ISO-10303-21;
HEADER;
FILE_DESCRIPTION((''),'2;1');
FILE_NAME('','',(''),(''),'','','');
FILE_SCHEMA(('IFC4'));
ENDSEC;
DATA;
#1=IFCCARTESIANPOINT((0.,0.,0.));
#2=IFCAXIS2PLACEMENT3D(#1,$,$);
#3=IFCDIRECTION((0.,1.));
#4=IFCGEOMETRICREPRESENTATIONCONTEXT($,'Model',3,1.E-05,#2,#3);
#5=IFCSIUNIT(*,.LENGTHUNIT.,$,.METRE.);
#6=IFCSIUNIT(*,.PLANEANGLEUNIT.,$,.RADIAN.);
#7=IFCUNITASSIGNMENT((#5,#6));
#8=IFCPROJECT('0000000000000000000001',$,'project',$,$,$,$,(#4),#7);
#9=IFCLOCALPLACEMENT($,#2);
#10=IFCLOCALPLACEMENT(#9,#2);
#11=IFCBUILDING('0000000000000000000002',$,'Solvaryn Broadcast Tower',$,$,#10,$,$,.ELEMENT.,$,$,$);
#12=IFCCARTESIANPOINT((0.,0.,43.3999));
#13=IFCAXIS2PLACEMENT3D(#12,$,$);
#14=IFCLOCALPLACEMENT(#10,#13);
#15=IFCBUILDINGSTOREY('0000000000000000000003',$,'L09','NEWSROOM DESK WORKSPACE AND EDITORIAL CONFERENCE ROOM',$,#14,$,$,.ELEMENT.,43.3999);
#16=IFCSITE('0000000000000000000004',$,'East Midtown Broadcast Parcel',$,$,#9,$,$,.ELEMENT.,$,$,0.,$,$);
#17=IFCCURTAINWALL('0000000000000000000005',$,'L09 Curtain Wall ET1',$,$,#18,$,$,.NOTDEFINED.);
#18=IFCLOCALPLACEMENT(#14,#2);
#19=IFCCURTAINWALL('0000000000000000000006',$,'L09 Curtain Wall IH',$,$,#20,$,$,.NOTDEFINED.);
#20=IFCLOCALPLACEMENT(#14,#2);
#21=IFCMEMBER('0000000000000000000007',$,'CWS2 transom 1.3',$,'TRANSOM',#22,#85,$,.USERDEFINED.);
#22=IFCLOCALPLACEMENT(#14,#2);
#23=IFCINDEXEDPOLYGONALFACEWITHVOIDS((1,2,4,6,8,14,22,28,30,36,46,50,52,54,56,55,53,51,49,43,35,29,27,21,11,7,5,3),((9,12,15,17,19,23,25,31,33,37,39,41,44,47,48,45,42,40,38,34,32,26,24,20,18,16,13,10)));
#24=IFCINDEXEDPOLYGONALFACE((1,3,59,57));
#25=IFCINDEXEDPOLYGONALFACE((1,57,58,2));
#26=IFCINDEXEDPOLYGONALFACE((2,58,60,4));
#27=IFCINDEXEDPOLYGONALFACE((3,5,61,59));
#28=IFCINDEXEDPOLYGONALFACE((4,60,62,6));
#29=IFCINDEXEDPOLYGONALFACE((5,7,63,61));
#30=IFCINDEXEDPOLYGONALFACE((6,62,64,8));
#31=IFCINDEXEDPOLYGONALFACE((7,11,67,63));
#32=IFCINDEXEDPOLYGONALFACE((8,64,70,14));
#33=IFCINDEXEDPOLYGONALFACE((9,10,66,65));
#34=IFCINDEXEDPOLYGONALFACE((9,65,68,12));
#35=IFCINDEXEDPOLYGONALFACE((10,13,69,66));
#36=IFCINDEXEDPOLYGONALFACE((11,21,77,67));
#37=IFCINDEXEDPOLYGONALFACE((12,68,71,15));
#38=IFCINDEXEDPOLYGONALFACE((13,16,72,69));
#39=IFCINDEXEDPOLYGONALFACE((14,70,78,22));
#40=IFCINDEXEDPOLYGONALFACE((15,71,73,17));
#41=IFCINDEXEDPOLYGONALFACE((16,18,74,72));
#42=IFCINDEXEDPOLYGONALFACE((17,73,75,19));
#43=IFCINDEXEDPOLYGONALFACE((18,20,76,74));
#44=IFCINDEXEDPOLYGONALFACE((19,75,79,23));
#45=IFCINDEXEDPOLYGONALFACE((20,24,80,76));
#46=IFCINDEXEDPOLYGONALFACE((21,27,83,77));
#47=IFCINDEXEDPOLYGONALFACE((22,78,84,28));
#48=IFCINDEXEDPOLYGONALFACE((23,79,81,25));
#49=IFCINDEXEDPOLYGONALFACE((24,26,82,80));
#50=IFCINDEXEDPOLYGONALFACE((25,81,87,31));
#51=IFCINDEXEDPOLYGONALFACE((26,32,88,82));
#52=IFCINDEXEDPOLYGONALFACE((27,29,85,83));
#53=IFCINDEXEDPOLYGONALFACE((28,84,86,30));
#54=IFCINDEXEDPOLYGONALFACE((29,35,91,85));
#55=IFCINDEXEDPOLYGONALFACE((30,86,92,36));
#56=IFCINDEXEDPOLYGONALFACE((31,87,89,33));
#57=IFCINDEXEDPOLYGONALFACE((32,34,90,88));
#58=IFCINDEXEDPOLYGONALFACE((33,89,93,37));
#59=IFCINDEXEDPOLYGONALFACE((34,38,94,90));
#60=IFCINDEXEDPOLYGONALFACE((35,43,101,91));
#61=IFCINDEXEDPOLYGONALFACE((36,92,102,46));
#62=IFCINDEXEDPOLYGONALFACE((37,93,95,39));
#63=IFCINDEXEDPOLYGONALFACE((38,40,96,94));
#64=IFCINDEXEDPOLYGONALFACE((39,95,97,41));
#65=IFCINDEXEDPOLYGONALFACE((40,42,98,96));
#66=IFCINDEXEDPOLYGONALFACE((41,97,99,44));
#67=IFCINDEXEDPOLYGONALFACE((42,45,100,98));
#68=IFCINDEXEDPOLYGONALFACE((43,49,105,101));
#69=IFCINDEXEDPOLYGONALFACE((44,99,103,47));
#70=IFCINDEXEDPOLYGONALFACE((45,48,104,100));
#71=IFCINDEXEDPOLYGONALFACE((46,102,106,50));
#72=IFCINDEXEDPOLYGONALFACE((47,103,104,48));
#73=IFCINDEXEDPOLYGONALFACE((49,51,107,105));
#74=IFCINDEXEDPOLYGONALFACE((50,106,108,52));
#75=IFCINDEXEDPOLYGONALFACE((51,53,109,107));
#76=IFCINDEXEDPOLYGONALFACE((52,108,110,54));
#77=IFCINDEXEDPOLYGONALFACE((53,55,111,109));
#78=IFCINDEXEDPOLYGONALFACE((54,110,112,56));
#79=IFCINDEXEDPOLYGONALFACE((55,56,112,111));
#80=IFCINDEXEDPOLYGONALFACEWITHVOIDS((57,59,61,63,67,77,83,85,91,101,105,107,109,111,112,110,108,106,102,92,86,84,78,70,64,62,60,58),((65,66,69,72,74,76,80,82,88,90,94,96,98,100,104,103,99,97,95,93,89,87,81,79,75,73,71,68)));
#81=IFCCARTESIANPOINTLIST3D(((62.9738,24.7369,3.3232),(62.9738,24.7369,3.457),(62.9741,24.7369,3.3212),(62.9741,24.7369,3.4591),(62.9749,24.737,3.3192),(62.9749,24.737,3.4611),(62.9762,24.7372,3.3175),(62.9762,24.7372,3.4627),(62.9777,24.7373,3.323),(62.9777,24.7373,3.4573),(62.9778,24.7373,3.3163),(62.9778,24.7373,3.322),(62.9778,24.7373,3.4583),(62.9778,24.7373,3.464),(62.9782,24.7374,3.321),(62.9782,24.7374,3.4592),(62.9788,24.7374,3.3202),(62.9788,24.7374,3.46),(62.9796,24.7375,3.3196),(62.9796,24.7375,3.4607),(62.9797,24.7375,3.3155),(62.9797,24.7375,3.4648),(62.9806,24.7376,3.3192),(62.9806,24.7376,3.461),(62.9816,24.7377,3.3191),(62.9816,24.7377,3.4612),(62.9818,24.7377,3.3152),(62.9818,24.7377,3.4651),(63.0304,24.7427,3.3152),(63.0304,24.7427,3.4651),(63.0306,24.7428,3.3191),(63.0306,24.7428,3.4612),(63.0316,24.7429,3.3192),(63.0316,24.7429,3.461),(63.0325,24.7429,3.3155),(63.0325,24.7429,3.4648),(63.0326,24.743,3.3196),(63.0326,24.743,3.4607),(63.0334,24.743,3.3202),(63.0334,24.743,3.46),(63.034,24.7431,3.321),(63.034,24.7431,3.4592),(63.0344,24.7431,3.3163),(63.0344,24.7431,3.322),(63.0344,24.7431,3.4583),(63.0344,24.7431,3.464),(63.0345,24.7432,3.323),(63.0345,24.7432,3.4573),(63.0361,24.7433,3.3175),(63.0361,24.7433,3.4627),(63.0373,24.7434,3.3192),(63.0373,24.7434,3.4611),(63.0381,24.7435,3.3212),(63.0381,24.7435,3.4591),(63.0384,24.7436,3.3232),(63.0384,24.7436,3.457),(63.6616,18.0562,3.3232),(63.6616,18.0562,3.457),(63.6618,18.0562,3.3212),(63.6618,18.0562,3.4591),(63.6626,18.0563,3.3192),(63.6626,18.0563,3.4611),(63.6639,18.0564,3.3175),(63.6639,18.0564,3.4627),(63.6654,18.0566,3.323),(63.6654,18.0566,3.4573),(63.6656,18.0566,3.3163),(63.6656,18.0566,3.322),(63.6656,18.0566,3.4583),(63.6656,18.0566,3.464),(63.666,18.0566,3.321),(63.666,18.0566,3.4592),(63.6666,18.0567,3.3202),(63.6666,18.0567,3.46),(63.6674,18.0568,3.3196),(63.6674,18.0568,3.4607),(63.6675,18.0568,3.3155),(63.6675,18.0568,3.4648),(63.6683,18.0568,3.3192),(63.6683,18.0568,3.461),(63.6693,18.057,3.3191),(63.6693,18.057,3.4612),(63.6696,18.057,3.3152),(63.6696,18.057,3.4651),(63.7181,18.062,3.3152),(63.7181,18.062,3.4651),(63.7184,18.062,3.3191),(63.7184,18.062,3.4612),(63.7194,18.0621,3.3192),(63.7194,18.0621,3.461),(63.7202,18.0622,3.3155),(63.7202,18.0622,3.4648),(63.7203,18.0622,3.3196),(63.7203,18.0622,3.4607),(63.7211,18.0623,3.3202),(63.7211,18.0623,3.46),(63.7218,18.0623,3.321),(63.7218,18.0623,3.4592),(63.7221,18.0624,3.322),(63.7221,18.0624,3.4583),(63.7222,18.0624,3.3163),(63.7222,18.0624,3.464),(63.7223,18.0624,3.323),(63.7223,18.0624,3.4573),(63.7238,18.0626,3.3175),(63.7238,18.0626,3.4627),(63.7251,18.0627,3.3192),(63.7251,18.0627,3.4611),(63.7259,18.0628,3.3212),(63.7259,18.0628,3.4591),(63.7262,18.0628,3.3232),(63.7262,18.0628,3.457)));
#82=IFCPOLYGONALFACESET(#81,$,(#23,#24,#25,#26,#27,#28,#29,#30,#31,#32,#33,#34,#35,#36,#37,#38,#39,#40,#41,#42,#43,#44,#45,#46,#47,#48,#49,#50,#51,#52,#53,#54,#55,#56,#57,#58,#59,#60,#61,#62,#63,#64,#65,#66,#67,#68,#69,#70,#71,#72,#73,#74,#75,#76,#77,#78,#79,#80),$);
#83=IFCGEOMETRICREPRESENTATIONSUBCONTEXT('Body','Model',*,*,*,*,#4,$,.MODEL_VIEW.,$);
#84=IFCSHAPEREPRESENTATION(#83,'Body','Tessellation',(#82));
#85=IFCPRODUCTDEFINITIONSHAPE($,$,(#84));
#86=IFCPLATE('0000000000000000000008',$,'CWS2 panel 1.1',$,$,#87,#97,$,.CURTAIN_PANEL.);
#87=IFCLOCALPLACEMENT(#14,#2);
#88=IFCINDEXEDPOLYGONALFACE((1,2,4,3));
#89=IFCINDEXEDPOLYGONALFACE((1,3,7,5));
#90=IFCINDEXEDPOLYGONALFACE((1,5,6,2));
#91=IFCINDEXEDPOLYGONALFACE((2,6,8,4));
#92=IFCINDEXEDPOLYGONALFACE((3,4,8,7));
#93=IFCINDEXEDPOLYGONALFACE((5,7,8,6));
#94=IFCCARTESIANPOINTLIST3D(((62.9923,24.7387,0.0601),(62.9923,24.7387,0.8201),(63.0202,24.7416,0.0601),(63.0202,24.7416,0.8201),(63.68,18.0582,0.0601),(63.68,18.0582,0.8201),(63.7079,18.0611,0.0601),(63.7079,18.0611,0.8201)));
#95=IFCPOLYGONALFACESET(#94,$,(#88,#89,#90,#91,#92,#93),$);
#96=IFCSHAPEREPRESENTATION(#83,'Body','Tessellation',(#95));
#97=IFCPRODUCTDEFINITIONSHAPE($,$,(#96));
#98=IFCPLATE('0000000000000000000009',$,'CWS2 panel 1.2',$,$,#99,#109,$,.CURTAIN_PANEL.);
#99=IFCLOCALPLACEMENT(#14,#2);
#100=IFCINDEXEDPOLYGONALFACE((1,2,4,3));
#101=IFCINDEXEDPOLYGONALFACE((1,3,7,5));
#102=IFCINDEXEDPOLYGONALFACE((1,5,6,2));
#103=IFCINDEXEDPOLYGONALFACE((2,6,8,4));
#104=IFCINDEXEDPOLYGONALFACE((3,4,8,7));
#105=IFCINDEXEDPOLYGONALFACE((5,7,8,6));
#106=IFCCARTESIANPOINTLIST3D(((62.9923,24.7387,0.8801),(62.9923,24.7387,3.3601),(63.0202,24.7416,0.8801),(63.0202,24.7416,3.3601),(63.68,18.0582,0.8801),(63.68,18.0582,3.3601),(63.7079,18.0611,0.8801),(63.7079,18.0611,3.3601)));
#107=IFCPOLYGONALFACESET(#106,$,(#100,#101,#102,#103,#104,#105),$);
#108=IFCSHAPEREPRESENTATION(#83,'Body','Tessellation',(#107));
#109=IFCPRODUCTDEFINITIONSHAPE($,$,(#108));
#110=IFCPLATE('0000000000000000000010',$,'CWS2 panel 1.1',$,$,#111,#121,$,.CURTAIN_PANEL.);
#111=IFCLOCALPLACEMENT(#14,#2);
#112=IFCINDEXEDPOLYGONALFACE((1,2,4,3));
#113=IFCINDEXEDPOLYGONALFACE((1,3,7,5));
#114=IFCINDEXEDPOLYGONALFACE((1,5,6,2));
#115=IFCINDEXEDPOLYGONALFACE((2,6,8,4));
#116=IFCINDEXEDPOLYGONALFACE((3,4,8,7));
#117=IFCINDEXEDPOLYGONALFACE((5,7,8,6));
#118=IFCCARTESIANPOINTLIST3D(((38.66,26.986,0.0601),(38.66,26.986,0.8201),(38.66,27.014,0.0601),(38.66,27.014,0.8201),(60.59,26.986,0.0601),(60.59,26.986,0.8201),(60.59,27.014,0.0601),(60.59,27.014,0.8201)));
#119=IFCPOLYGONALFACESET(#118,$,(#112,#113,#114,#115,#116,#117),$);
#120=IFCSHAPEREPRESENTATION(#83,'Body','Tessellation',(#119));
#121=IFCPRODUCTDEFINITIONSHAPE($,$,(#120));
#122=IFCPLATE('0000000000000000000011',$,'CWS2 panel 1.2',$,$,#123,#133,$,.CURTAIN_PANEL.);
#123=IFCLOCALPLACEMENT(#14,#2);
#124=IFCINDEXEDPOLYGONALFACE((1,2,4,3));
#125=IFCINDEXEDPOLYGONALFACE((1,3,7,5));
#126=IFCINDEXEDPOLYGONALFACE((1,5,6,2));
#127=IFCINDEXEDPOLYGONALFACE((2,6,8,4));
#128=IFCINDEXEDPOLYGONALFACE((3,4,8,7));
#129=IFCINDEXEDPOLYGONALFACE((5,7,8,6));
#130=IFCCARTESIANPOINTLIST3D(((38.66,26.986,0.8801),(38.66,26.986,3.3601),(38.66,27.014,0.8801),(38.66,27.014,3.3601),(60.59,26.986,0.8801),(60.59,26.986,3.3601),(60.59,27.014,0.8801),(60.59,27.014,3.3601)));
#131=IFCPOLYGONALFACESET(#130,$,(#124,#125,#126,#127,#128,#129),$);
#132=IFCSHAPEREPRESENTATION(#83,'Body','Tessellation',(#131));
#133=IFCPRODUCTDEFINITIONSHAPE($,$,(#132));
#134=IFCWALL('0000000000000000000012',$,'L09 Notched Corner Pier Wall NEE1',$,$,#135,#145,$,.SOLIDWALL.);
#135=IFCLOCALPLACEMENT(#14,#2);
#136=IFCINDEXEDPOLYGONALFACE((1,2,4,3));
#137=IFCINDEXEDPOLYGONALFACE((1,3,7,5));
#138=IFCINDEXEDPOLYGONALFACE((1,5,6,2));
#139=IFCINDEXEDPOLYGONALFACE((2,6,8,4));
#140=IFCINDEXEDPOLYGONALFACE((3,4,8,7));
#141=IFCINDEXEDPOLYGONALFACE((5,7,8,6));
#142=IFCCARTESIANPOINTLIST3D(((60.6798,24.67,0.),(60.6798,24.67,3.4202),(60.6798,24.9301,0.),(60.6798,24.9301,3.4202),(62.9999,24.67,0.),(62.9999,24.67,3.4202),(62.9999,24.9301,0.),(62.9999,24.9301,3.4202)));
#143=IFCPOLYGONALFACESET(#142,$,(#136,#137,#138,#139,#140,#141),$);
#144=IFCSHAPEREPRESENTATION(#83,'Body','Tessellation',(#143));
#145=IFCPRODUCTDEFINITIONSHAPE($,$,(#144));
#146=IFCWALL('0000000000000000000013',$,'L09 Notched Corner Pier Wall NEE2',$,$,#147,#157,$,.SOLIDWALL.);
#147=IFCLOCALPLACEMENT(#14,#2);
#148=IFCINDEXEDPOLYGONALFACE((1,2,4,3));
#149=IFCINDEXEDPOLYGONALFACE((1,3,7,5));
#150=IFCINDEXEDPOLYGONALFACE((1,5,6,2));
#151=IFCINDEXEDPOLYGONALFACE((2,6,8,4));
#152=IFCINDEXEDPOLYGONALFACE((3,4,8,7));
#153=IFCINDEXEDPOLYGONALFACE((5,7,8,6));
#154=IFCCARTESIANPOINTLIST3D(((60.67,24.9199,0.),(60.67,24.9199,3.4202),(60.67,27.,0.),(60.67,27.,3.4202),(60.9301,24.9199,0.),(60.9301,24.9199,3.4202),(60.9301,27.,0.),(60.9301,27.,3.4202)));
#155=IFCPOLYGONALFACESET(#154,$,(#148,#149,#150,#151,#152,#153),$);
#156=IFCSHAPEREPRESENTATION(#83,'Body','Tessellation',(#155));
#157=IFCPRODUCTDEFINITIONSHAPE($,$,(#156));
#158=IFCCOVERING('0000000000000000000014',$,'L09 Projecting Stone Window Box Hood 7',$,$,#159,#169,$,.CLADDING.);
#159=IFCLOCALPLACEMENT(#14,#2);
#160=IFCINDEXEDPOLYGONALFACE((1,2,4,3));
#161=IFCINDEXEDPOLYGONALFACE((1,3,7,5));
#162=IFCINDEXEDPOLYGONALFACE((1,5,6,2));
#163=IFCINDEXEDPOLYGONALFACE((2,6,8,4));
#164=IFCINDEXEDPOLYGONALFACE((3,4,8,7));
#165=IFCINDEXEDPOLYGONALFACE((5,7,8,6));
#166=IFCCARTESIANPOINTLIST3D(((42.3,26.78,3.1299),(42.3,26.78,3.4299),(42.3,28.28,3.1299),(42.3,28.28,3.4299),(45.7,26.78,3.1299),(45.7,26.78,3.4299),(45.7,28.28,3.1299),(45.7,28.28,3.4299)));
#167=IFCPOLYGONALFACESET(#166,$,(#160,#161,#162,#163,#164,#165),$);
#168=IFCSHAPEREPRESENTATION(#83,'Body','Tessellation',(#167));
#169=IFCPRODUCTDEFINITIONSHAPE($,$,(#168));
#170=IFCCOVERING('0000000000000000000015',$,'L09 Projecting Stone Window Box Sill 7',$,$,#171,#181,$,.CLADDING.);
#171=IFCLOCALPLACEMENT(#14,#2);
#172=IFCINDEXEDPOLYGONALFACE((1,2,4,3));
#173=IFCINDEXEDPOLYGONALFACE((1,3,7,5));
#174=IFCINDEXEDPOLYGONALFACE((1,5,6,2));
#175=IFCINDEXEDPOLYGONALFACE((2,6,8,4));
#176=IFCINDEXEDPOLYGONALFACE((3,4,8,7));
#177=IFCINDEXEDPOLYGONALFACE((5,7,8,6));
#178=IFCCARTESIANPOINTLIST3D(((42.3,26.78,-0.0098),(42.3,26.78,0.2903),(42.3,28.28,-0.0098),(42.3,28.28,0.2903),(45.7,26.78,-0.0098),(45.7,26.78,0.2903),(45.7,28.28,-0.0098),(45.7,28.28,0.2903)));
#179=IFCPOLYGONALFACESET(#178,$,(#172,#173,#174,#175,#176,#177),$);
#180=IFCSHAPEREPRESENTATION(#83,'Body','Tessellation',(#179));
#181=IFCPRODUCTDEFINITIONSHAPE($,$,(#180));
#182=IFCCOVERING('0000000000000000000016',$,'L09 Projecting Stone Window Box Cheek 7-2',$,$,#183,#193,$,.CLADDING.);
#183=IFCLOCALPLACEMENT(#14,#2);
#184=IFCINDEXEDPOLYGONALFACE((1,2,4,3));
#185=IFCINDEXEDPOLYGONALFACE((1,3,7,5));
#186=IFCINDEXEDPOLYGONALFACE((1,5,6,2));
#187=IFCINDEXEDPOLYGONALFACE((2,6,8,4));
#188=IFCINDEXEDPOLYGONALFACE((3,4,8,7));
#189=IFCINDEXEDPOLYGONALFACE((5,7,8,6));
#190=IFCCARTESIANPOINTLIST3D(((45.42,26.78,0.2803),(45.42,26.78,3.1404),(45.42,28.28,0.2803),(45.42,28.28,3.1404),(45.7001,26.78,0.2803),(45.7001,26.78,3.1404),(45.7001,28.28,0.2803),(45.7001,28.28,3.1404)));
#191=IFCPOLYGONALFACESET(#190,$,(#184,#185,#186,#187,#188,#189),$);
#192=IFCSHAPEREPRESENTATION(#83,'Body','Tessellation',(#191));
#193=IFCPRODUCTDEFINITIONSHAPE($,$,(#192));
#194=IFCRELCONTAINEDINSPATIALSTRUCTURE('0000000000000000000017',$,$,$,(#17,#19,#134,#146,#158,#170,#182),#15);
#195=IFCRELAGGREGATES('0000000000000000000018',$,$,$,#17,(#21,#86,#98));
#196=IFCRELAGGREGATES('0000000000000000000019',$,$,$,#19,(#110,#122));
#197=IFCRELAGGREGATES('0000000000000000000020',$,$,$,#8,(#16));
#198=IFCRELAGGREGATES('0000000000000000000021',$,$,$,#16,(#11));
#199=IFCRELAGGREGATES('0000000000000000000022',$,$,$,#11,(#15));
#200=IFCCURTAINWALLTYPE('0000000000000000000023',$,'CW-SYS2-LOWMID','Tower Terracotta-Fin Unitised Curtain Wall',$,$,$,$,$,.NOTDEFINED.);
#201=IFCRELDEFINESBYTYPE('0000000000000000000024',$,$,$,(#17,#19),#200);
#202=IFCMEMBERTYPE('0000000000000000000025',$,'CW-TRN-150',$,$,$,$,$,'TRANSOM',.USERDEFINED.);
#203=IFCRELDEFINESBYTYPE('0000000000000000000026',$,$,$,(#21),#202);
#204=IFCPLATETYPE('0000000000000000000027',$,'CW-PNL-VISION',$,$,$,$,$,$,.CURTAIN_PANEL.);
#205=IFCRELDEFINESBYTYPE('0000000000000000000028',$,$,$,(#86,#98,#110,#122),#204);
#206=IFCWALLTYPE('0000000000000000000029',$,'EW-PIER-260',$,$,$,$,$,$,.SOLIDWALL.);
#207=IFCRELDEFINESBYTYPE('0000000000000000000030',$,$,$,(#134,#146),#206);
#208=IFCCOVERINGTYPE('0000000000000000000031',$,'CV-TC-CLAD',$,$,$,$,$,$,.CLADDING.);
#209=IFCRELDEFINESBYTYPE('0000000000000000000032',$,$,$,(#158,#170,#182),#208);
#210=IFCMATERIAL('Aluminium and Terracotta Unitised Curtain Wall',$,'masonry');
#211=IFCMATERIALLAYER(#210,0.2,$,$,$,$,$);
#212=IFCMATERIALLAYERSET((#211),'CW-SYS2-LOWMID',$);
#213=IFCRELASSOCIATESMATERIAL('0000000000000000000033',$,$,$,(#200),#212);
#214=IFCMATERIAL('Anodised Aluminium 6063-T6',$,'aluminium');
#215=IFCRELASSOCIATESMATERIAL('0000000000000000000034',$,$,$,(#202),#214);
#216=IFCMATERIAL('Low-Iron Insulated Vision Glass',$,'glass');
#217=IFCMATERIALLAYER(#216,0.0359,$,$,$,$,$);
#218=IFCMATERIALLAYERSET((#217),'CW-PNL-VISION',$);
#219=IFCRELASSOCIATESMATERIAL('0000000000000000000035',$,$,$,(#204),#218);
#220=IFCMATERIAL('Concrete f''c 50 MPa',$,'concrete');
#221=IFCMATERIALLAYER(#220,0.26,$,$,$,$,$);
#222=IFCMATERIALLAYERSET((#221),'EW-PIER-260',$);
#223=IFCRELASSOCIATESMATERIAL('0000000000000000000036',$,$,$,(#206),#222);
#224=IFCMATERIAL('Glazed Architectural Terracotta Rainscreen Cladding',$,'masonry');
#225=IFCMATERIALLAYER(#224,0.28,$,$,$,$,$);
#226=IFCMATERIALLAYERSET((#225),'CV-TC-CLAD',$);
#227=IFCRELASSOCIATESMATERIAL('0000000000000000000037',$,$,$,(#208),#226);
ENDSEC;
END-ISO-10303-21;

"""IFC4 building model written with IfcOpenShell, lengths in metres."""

from ifc_helpers import new_model, si_unit, direction, frame, frame_2d, origin, origin_2d, place, context, subcontext, project, spatial, rectangle, hollow_rectangle, extrude, material, layer, layer_set, material_profile, profile_set, type_object, element, aggregate, save


model = new_model("IFC4")

# Units and contexts
model_context = context("Model", 3, precision=1e-05, world=origin(), true_north=direction((0.0, 1.0)))
body_context = subcontext(model_context, "Body", "Model", "MODEL_VIEW")
ifc_project = project(units=[si_unit("LENGTHUNIT", "METRE"), si_unit("PLANEANGLEUNIT", "RADIAN")], contexts=[model_context])

# Site, building, storey
site_placement = place(None, origin())
site = spatial("IfcSite", under=ifc_project, at=site_placement, Name="East Midtown Broadcast Parcel", CompositionType="ELEMENT", RefElevation=0.0)
building_placement = place(site_placement, origin())
building = spatial("IfcBuilding", under=site, at=building_placement, Name="Solvaryn Broadcast Tower", CompositionType="ELEMENT")
storey_placement = place(building_placement, frame((0.0, 0.0, 43.3999)))
storey = spatial("IfcBuildingStorey", under=building, at=storey_placement, Name="L09", Description="NEWSROOM DESK WORKSPACE AND EDITORIAL CONFERENCE ROOM", CompositionType="ELEMENT", Elevation=43.3999)

# Curtain walls
ifc_material_1 = material(Name="Aluminium and Terracotta Unitised Curtain Wall", Category="masonry")
ifc_layer_1 = layer(ifc_material_1, 0.2)
ifc_layer_set_1 = layer_set([ifc_layer_1], Name="CW-SYS2-LOWMID")
curtain_wall_type = type_object("IfcCurtainWallType", Name="CW-SYS2-LOWMID", Description="Tower Terracotta-Fin Unitised Curtain Wall", PredefinedType="NOTDEFINED", material=ifc_layer_set_1)
curtain_wall_1_placement = place(storey_placement, origin())
curtain_wall_1 = element("IfcCurtainWall", 1, at=curtain_wall_1_placement, inside=storey, type_object=curtain_wall_type, Name="L09 Curtain Wall ET1", PredefinedType="NOTDEFINED")
curtain_wall_2_placement = place(storey_placement, origin())
curtain_wall_2 = element("IfcCurtainWall", 2, at=curtain_wall_2_placement, inside=storey, type_object=curtain_wall_type, Name="L09 Curtain Wall IH", PredefinedType="NOTDEFINED")

# Member
ifc_material_2 = material(Name="Anodised Aluminium 6063-T6", Category="aluminium")
ifc_material_profile_1 = material_profile(ifc_material_2, hollow_rectangle(XDim=0.0649, YDim=0.1499, WallThickness=0.0039, InnerFilletRadius=0.0039, OuterFilletRadius=0.0081, at=origin_2d()))
ifc_profile_set_1 = profile_set([ifc_material_profile_1], Name="Anodised Aluminium 6063-T6")
member_type_1 = type_object("IfcMemberType", Name="CW-TRN-150", ElementType="TRANSOM", PredefinedType="USERDEFINED", material=ifc_profile_set_1)
member_1_placement = place(storey_placement, frame((63.0061, 24.7402, 3.3901), z_axis=(0.102404, -0.994743, 0.0), x_axis=(0.994743, 0.102404, 0.0)))
member_1 = element("IfcMember", 3, at=member_1_placement, type_object=member_type_1, Name="CWS2 transom 1.3", ObjectType="TRANSOM", PredefinedType="USERDEFINED", context=body_context, shape_type="SweptSolid", body=[
    extrude(hollow_rectangle(XDim=0.0649, YDim=0.1499, WallThickness=0.0039, InnerFilletRadius=0.0039, OuterFilletRadius=0.0081, at=origin_2d()), origin(), (0.0, 0.0, 1.0), 6.7161),
])

# Plates
ifc_material_3 = material(Name="Low-Iron Insulated Vision Glass", Category="glass")
ifc_layer_2 = layer(ifc_material_3, 0.0359)
ifc_layer_set_2 = layer_set([ifc_layer_2], Name="CW-PNL-VISION")
plate_type = type_object("IfcPlateType", Name="CW-PNL-VISION", PredefinedType="CURTAIN_PANEL", material=ifc_layer_set_2)
plate_1_placement = place(storey_placement, frame((63.3501, 21.3999, 0.0601), z_axis=(0.0, 0.0, 1.0), x_axis=(0.1024, -0.994743, 0.0)))
plate_1 = element("IfcPlate", 4, at=plate_1_placement, type_object=plate_type, Name="CWS2 panel 1.1", PredefinedType="CURTAIN_PANEL", context=body_context, shape_type="SweptSolid", body=[
    extrude(rectangle(XDim=6.7158, YDim=0.0281, at=origin_2d()), origin(), (0.0, 0.0, 1.0), 0.76),
])
plate_2_placement = place(storey_placement, frame((63.3501, 21.3999, 0.8801), z_axis=(0.0, 0.0, 1.0), x_axis=(0.1024, -0.994743, 0.0)))
plate_2 = element("IfcPlate", 5, at=plate_2_placement, type_object=plate_type, Name="CWS2 panel 1.2", PredefinedType="CURTAIN_PANEL", context=body_context, shape_type="SweptSolid", body=[
    extrude(rectangle(XDim=6.7158, YDim=0.0281, at=origin_2d()), origin(), (0.0, 0.0, 1.0), 2.48),
])
aggregate(curtain_wall_1, [member_1, plate_1, plate_2])
plate_3_placement = place(storey_placement, frame((49.625, 27.0, 0.0601), z_axis=(0.0, 0.0, 1.0), x_axis=(1.0, 0.0, 0.0)))
plate_3 = element("IfcPlate", 6, at=plate_3_placement, type_object=plate_type, Name="CWS2 panel 1.1", PredefinedType="CURTAIN_PANEL", context=body_context, shape_type="SweptSolid", body=[
    extrude(rectangle(XDim=21.9299, YDim=0.0281, at=origin_2d()), origin(), (0.0, 0.0, 1.0), 0.76),
])
plate_4_placement = place(storey_placement, frame((49.625, 27.0, 0.8801), z_axis=(0.0, 0.0, 1.0), x_axis=(1.0, 0.0, 0.0)))
plate_4 = element("IfcPlate", 7, at=plate_4_placement, type_object=plate_type, Name="CWS2 panel 1.2", PredefinedType="CURTAIN_PANEL", context=body_context, shape_type="SweptSolid", body=[
    extrude(rectangle(XDim=21.9299, YDim=0.0281, at=origin_2d()), origin(), (0.0, 0.0, 1.0), 2.48),
])
aggregate(curtain_wall_2, [plate_3, plate_4])

# Walls
ifc_material_4 = material(Name="Concrete f'c 50 MPa", Category="concrete")
ifc_layer_3 = layer(ifc_material_4, 0.26)
ifc_layer_set_3 = layer_set([ifc_layer_3], Name="EW-PIER-260")
wall_type_1 = type_object("IfcWallType", Name="EW-PIER-260", PredefinedType="SOLIDWALL", material=ifc_layer_set_3)
wall_1_placement = place(storey_placement, frame((63.0, 24.8, 0.0), z_axis=(0.0, 0.0, 1.0), x_axis=(-1.0, 0.0, 0.0)))
element("IfcWall", 8, at=wall_1_placement, inside=storey, type_object=wall_type_1, Name="L09 Notched Corner Pier Wall NEE1", PredefinedType="SOLIDWALL", context=body_context, shape_type="SweptSolid", body=[
    extrude(rectangle(XDim=2.3201, YDim=0.26, at=frame_2d((1.1602, 0.0))), origin(), (0.0, 0.0, 1.0), 3.4202),
])
wall_2_placement = place(storey_placement, frame((60.8, 24.9199, 0.0), z_axis=(0.0, 0.0, 1.0), x_axis=(0.0, 1.0, 0.0)))
element("IfcWall", 9, at=wall_2_placement, inside=storey, type_object=wall_type_1, Name="L09 Notched Corner Pier Wall NEE2", PredefinedType="SOLIDWALL", context=body_context, shape_type="SweptSolid", body=[
    extrude(rectangle(XDim=2.0801, YDim=0.26, at=frame_2d((1.04, 0.0))), origin(), (0.0, 0.0, 1.0), 3.4202),
])

# Coverings
ifc_material_5 = material(Name="Glazed Architectural Terracotta Rainscreen Cladding", Category="masonry")
ifc_layer_4 = layer(ifc_material_5, 0.28)
ifc_layer_set_4 = layer_set([ifc_layer_4], Name="CV-TC-CLAD")
covering_type_1 = type_object("IfcCoveringType", Name="CV-TC-CLAD", PredefinedType="CLADDING", material=ifc_layer_set_4)
for number, where, z_axis, x_axis, name in (
    (10, (44.0, 27.53, 3.1299), (0.0, 0.0, 1.0), (1.0, 0.0, 0.0), "L09 Projecting Stone Window Box Hood 7"),
    (11, (44.0, 27.53, -0.0098), (0.0, 0.0, 1.0), (1.0, 0.0, 0.0), "L09 Projecting Stone Window Box Sill 7"),
):
    element("IfcCovering", number, at=place(storey_placement, frame(where, z_axis=z_axis, x_axis=x_axis)), inside=storey, type_object=covering_type_1, Name=name, PredefinedType="CLADDING", context=body_context, shape_type="SweptSolid", body=[
        extrude(rectangle(XDim=3.3999, YDim=1.5, at=origin_2d()), origin(), (0.0, 0.0, 1.0), 0.3),
    ])
covering_1_placement = place(storey_placement, frame((45.5601, 27.53, 0.2803), z_axis=(0.0, 0.0, 1.0), x_axis=(1.0, 0.0, 0.0)))
element("IfcCovering", 12, at=covering_1_placement, inside=storey, type_object=covering_type_1, Name="L09 Projecting Stone Window Box Cheek 7-2", PredefinedType="CLADDING", context=body_context, shape_type="SweptSolid", body=[
    extrude(rectangle(XDim=0.28, YDim=1.5, at=origin_2d()), origin(), (0.0, 0.0, 1.0), 2.8601),
])

save(model, "model.ifc")
